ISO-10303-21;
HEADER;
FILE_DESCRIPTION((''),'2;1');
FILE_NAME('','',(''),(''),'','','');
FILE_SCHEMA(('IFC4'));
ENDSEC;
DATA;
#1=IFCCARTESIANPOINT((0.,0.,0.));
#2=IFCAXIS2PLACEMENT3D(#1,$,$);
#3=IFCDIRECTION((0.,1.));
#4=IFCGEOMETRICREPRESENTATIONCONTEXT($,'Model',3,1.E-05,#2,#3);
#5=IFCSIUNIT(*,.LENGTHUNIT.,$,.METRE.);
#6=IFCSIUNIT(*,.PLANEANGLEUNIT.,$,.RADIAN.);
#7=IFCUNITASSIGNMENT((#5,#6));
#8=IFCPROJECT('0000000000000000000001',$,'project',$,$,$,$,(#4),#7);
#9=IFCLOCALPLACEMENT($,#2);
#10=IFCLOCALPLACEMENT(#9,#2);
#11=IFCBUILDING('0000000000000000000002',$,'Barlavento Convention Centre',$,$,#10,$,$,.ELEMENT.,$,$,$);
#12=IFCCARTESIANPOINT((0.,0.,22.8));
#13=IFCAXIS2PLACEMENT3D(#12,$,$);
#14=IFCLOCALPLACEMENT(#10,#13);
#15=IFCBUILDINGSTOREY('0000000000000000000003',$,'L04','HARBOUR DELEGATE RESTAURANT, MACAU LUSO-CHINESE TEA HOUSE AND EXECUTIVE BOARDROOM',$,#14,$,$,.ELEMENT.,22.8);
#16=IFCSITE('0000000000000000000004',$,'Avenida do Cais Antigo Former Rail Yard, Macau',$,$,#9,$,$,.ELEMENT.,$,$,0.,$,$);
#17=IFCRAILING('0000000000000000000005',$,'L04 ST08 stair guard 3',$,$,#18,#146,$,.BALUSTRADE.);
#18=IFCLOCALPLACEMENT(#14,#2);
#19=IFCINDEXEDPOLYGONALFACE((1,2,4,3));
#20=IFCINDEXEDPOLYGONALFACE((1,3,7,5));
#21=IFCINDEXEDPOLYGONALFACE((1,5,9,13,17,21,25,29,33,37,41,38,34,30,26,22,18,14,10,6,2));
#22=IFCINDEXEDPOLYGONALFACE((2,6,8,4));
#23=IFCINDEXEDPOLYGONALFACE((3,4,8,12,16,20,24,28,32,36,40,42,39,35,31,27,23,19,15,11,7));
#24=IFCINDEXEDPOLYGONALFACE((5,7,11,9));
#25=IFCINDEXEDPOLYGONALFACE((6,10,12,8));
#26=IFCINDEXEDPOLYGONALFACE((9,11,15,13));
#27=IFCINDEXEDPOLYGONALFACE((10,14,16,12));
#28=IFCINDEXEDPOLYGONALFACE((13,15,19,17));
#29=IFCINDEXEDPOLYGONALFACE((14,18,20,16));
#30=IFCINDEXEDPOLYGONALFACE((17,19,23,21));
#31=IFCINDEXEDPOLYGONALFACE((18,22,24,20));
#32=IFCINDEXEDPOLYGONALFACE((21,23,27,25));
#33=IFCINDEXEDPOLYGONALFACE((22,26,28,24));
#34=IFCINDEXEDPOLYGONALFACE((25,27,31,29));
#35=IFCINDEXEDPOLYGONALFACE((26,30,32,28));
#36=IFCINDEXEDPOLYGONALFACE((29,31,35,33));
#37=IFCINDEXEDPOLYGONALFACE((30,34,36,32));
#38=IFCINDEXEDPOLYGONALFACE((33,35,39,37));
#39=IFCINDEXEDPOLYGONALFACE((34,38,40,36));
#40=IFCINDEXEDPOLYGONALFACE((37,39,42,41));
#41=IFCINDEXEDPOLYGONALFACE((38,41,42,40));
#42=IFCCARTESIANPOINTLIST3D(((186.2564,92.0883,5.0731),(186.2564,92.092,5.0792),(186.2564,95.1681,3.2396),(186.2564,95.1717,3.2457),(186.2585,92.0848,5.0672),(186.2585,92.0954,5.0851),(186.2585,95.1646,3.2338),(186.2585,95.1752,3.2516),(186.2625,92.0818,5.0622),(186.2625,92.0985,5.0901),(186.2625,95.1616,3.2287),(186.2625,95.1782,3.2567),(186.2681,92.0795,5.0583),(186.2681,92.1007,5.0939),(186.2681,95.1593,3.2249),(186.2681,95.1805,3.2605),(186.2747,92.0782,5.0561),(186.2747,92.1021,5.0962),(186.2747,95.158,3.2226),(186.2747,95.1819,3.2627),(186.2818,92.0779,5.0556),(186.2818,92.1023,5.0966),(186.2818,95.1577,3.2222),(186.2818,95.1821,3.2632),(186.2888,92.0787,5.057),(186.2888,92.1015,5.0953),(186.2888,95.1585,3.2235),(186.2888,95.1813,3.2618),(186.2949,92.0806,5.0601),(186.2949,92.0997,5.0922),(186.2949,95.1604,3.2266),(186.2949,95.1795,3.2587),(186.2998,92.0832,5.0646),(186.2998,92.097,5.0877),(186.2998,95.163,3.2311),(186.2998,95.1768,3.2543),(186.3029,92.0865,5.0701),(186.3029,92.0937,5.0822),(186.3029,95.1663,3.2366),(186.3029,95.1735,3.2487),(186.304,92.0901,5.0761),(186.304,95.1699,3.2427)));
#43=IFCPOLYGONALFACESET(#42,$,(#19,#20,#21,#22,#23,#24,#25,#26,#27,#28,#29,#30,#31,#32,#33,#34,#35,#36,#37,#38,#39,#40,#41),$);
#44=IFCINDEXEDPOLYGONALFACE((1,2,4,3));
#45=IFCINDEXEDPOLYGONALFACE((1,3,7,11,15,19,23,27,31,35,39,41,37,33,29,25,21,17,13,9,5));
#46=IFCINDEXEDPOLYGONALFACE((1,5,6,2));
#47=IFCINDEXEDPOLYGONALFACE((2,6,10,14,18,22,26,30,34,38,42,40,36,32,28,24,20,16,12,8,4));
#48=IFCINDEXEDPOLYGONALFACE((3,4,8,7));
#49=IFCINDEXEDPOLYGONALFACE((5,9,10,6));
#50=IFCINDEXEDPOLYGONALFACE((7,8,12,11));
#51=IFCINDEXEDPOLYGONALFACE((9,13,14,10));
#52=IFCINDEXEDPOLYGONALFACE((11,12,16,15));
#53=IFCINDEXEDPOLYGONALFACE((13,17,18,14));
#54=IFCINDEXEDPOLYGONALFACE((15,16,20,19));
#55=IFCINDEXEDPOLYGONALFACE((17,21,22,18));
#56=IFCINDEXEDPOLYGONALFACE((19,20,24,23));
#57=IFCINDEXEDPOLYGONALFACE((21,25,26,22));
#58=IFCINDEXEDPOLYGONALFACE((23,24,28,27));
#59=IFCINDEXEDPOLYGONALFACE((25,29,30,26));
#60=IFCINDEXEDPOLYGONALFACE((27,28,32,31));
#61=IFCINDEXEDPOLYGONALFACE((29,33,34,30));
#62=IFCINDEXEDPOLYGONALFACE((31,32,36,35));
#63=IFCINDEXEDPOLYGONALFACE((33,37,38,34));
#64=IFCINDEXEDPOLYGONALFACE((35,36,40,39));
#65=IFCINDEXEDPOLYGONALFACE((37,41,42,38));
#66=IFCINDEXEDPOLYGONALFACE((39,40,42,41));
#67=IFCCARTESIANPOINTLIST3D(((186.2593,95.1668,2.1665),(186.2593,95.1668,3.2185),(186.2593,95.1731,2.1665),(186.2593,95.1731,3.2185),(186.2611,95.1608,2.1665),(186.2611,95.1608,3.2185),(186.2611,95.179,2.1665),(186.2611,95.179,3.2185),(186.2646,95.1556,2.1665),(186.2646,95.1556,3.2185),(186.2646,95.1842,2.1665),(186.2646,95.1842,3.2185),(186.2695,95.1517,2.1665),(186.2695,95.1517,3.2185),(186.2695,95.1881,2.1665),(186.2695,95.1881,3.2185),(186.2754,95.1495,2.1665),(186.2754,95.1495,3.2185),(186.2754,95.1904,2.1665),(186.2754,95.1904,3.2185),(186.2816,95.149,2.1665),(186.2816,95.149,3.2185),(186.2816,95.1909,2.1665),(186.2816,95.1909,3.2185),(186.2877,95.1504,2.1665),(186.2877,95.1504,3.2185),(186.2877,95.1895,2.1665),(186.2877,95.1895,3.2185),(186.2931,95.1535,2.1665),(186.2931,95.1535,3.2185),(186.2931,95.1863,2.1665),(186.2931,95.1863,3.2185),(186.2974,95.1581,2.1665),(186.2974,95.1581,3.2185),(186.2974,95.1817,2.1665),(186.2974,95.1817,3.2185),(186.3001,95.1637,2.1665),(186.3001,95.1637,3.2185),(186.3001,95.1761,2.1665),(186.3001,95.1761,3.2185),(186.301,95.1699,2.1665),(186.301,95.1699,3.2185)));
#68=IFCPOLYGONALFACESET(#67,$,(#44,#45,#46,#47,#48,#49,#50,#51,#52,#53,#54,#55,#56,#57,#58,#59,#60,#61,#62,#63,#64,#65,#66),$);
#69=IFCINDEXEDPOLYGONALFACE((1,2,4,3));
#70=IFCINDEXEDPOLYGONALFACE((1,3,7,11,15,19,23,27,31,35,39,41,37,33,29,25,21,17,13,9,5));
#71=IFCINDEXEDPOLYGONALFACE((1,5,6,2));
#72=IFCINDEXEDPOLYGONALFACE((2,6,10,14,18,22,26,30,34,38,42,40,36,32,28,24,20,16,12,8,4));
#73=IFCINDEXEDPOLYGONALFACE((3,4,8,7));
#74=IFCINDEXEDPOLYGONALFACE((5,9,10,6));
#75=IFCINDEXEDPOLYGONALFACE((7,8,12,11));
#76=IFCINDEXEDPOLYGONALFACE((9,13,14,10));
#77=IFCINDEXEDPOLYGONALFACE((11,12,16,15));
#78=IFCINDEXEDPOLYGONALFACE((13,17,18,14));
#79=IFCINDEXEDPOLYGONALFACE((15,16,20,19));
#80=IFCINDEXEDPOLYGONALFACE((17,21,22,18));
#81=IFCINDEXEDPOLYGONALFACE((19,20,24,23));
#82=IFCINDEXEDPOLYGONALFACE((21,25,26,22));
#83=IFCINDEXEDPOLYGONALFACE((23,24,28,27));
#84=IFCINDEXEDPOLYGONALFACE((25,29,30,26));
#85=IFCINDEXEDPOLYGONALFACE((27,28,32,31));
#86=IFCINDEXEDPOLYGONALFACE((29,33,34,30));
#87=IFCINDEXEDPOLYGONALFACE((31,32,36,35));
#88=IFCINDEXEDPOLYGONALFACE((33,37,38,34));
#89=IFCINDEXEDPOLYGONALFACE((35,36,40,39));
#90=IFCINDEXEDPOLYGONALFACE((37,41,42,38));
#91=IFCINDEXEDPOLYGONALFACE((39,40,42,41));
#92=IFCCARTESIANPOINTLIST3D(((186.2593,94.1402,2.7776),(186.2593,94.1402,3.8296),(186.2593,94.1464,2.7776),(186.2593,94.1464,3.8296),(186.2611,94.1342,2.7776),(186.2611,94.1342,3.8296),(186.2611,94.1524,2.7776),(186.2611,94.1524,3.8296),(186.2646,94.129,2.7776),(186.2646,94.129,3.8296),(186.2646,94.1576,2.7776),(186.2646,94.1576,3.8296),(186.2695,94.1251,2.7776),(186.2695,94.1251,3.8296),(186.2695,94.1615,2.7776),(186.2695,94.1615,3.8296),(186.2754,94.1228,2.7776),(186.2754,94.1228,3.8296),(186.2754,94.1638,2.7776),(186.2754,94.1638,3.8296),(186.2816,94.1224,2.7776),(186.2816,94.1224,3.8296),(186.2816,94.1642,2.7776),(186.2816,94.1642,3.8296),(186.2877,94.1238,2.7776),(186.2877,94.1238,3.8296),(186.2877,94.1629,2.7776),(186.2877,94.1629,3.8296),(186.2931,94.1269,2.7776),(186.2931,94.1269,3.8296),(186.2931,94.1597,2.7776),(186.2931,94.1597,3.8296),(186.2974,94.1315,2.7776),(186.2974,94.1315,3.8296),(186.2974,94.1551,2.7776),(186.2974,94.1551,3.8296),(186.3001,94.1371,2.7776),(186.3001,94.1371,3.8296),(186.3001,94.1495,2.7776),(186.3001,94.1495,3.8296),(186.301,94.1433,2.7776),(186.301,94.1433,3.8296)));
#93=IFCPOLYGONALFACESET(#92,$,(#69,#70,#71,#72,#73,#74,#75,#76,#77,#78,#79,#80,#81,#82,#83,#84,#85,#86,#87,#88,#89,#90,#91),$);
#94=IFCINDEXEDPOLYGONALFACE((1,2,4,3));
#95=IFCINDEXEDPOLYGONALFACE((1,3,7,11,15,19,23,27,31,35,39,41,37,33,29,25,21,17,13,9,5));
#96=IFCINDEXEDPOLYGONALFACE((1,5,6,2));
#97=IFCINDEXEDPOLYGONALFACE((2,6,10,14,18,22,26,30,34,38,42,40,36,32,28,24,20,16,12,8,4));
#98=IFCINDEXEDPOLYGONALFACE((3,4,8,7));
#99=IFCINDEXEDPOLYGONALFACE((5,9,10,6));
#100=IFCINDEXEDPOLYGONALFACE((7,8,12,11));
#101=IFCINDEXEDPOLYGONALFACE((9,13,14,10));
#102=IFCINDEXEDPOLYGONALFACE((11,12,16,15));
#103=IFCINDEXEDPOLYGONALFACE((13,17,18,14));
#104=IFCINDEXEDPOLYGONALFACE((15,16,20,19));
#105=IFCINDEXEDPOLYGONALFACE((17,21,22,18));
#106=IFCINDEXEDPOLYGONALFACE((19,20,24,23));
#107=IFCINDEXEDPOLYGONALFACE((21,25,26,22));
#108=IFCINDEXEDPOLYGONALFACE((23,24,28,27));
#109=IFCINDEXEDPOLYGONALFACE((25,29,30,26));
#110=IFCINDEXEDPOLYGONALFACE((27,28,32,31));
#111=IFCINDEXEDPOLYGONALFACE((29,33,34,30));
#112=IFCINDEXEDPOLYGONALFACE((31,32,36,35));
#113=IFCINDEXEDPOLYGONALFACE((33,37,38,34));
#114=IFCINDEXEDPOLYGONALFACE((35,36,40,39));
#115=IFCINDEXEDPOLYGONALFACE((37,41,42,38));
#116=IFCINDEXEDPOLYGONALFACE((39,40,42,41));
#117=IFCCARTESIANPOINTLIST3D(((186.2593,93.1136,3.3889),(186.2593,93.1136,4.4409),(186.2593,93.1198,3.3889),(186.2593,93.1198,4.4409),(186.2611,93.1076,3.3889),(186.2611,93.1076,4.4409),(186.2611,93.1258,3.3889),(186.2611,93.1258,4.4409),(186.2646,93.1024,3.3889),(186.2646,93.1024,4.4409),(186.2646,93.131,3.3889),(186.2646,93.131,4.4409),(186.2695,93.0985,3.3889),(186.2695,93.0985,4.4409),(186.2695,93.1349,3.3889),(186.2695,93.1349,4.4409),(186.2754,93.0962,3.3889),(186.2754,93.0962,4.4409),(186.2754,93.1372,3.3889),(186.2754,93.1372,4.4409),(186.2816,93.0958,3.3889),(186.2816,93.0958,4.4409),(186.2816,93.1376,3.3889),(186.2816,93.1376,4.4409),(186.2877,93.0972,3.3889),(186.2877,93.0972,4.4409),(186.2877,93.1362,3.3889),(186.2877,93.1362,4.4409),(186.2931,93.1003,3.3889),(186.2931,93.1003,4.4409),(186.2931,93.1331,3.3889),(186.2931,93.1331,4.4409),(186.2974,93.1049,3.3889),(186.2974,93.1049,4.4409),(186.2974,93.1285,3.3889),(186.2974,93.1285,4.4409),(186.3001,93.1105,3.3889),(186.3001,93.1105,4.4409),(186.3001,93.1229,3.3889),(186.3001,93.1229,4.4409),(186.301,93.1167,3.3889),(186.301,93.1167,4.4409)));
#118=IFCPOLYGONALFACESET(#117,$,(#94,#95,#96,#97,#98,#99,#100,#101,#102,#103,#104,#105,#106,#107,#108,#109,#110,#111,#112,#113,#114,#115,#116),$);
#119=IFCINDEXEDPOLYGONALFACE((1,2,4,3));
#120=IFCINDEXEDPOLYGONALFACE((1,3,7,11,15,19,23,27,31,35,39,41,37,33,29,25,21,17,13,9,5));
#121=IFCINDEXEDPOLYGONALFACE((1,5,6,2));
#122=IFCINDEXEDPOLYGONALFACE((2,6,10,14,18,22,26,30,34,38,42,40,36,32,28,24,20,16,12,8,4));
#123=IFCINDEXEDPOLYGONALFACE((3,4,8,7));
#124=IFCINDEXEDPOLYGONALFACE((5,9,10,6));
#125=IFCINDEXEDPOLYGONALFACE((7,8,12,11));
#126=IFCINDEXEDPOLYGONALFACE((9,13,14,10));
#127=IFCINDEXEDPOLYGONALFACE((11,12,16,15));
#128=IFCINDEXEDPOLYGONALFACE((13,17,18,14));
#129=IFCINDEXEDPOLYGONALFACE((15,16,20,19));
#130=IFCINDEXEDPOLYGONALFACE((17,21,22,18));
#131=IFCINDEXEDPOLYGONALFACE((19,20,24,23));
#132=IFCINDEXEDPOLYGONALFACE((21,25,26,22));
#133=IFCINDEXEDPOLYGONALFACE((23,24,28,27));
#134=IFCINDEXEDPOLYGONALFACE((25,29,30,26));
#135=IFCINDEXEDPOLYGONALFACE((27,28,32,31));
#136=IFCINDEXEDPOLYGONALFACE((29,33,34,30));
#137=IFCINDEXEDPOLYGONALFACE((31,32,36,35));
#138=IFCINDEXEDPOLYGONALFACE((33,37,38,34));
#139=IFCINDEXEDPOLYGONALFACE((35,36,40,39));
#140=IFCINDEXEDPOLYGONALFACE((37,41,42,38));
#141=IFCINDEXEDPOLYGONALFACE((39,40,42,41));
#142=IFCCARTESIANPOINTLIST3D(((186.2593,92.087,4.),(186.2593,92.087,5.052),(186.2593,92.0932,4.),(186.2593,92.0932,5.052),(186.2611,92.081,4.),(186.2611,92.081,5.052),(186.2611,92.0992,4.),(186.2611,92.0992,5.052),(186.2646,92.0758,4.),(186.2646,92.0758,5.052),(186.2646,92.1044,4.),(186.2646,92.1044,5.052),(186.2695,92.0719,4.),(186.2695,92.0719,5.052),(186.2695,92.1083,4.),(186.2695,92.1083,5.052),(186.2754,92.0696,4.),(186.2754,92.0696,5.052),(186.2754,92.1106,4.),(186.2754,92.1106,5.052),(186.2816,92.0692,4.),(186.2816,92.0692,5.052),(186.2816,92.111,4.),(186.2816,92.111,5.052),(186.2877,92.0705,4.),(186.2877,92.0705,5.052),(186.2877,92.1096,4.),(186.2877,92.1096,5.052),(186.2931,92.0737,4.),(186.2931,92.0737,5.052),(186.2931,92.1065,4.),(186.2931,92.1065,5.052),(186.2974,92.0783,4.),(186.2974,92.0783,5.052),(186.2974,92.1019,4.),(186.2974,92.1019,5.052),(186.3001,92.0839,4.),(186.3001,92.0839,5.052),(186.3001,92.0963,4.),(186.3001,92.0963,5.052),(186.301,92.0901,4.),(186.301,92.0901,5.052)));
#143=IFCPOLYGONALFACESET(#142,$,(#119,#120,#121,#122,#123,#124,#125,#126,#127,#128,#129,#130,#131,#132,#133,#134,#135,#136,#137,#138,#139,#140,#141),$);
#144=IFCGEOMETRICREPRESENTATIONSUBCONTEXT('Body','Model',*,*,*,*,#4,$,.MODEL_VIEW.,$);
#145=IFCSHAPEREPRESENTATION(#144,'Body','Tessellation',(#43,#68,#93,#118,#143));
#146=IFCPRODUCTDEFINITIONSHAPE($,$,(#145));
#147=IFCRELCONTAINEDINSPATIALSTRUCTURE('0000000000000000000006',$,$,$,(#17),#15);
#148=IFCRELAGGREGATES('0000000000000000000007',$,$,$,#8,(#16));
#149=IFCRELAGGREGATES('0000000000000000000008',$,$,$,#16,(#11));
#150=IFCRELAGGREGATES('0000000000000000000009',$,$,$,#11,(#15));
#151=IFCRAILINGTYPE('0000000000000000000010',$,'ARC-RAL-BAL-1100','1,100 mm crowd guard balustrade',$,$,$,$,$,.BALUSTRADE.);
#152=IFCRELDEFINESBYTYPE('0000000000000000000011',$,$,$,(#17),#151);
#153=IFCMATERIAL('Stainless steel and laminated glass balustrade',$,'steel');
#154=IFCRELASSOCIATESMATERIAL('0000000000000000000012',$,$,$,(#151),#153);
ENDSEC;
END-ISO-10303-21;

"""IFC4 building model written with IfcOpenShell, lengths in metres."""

from ifc_helpers import new_model, si_unit, direction, frame, origin, origin_2d, place, context, subcontext, project, spatial, circle, extrude, material, type_object, element, save


model = new_model("IFC4")

# Units and contexts
model_context = context("Model", 3, precision=1e-05, world=origin(), true_north=direction((0.0, 1.0)))
body_context = subcontext(model_context, "Body", "Model", "MODEL_VIEW")
ifc_project = project(units=[si_unit("LENGTHUNIT", "METRE"), si_unit("PLANEANGLEUNIT", "RADIAN")], contexts=[model_context])

# Site, building, storey
site_placement = place(None, origin())
site = spatial("IfcSite", under=ifc_project, at=site_placement, Name="Avenida do Cais Antigo Former Rail Yard, Macau", CompositionType="ELEMENT", RefElevation=0.0)
building_placement = place(site_placement, origin())
building = spatial("IfcBuilding", under=site, at=building_placement, Name="Barlavento Convention Centre", CompositionType="ELEMENT")
storey_placement = place(building_placement, frame((0.0, 0.0, 22.8)))
storey = spatial("IfcBuildingStorey", under=building, at=storey_placement, Name="L04", Description="HARBOUR DELEGATE RESTAURANT, MACAU LUSO-CHINESE TEA HOUSE AND EXECUTIVE BOARDROOM", CompositionType="ELEMENT", Elevation=22.8)

# Railing
ifc_material_1 = material(Name="Stainless steel and laminated glass balustrade", Category="steel")
railing_type_1 = type_object("IfcRailingType", Name="ARC-RAL-BAL-1100", Description="1,100 mm crowd guard balustrade", PredefinedType="BALUSTRADE", material=ifc_material_1)
railing_1_placement = place(storey_placement, frame((186.28, 95.1699, 2.1665)))
element("IfcRailing", 1, at=railing_1_placement, inside=storey, type_object=railing_type_1, Name="L04 ST08 stair guard 3", PredefinedType="BALUSTRADE", context=body_context, shape_type="SweptSolid", body=[
    extrude(circle(Radius=0.0239, at=origin_2d()), frame((0.0, 0.0, 1.0762), z_axis=(0.0, -0.859261, 0.511538), x_axis=(1.0, 0.0, 0.0)), (0.0, 0.0, 1.0), 3.5842),
    extrude(circle(Radius=0.021, at=origin_2d()), origin(), (0.0, 0.0, 1.0), 1.052),
    extrude(circle(Radius=0.021, at=origin_2d()), frame((0.0, -1.0266, 0.6111)), (0.0, 0.0, 1.0), 1.052),
    extrude(circle(Radius=0.021, at=origin_2d()), frame((0.0, -2.0532, 1.2224)), (0.0, 0.0, 1.0), 1.052),
    extrude(circle(Radius=0.021, at=origin_2d()), frame((0.0, -3.0798, 1.8335)), (0.0, 0.0, 1.0), 1.052),
])

save(model, "model.ifc")
